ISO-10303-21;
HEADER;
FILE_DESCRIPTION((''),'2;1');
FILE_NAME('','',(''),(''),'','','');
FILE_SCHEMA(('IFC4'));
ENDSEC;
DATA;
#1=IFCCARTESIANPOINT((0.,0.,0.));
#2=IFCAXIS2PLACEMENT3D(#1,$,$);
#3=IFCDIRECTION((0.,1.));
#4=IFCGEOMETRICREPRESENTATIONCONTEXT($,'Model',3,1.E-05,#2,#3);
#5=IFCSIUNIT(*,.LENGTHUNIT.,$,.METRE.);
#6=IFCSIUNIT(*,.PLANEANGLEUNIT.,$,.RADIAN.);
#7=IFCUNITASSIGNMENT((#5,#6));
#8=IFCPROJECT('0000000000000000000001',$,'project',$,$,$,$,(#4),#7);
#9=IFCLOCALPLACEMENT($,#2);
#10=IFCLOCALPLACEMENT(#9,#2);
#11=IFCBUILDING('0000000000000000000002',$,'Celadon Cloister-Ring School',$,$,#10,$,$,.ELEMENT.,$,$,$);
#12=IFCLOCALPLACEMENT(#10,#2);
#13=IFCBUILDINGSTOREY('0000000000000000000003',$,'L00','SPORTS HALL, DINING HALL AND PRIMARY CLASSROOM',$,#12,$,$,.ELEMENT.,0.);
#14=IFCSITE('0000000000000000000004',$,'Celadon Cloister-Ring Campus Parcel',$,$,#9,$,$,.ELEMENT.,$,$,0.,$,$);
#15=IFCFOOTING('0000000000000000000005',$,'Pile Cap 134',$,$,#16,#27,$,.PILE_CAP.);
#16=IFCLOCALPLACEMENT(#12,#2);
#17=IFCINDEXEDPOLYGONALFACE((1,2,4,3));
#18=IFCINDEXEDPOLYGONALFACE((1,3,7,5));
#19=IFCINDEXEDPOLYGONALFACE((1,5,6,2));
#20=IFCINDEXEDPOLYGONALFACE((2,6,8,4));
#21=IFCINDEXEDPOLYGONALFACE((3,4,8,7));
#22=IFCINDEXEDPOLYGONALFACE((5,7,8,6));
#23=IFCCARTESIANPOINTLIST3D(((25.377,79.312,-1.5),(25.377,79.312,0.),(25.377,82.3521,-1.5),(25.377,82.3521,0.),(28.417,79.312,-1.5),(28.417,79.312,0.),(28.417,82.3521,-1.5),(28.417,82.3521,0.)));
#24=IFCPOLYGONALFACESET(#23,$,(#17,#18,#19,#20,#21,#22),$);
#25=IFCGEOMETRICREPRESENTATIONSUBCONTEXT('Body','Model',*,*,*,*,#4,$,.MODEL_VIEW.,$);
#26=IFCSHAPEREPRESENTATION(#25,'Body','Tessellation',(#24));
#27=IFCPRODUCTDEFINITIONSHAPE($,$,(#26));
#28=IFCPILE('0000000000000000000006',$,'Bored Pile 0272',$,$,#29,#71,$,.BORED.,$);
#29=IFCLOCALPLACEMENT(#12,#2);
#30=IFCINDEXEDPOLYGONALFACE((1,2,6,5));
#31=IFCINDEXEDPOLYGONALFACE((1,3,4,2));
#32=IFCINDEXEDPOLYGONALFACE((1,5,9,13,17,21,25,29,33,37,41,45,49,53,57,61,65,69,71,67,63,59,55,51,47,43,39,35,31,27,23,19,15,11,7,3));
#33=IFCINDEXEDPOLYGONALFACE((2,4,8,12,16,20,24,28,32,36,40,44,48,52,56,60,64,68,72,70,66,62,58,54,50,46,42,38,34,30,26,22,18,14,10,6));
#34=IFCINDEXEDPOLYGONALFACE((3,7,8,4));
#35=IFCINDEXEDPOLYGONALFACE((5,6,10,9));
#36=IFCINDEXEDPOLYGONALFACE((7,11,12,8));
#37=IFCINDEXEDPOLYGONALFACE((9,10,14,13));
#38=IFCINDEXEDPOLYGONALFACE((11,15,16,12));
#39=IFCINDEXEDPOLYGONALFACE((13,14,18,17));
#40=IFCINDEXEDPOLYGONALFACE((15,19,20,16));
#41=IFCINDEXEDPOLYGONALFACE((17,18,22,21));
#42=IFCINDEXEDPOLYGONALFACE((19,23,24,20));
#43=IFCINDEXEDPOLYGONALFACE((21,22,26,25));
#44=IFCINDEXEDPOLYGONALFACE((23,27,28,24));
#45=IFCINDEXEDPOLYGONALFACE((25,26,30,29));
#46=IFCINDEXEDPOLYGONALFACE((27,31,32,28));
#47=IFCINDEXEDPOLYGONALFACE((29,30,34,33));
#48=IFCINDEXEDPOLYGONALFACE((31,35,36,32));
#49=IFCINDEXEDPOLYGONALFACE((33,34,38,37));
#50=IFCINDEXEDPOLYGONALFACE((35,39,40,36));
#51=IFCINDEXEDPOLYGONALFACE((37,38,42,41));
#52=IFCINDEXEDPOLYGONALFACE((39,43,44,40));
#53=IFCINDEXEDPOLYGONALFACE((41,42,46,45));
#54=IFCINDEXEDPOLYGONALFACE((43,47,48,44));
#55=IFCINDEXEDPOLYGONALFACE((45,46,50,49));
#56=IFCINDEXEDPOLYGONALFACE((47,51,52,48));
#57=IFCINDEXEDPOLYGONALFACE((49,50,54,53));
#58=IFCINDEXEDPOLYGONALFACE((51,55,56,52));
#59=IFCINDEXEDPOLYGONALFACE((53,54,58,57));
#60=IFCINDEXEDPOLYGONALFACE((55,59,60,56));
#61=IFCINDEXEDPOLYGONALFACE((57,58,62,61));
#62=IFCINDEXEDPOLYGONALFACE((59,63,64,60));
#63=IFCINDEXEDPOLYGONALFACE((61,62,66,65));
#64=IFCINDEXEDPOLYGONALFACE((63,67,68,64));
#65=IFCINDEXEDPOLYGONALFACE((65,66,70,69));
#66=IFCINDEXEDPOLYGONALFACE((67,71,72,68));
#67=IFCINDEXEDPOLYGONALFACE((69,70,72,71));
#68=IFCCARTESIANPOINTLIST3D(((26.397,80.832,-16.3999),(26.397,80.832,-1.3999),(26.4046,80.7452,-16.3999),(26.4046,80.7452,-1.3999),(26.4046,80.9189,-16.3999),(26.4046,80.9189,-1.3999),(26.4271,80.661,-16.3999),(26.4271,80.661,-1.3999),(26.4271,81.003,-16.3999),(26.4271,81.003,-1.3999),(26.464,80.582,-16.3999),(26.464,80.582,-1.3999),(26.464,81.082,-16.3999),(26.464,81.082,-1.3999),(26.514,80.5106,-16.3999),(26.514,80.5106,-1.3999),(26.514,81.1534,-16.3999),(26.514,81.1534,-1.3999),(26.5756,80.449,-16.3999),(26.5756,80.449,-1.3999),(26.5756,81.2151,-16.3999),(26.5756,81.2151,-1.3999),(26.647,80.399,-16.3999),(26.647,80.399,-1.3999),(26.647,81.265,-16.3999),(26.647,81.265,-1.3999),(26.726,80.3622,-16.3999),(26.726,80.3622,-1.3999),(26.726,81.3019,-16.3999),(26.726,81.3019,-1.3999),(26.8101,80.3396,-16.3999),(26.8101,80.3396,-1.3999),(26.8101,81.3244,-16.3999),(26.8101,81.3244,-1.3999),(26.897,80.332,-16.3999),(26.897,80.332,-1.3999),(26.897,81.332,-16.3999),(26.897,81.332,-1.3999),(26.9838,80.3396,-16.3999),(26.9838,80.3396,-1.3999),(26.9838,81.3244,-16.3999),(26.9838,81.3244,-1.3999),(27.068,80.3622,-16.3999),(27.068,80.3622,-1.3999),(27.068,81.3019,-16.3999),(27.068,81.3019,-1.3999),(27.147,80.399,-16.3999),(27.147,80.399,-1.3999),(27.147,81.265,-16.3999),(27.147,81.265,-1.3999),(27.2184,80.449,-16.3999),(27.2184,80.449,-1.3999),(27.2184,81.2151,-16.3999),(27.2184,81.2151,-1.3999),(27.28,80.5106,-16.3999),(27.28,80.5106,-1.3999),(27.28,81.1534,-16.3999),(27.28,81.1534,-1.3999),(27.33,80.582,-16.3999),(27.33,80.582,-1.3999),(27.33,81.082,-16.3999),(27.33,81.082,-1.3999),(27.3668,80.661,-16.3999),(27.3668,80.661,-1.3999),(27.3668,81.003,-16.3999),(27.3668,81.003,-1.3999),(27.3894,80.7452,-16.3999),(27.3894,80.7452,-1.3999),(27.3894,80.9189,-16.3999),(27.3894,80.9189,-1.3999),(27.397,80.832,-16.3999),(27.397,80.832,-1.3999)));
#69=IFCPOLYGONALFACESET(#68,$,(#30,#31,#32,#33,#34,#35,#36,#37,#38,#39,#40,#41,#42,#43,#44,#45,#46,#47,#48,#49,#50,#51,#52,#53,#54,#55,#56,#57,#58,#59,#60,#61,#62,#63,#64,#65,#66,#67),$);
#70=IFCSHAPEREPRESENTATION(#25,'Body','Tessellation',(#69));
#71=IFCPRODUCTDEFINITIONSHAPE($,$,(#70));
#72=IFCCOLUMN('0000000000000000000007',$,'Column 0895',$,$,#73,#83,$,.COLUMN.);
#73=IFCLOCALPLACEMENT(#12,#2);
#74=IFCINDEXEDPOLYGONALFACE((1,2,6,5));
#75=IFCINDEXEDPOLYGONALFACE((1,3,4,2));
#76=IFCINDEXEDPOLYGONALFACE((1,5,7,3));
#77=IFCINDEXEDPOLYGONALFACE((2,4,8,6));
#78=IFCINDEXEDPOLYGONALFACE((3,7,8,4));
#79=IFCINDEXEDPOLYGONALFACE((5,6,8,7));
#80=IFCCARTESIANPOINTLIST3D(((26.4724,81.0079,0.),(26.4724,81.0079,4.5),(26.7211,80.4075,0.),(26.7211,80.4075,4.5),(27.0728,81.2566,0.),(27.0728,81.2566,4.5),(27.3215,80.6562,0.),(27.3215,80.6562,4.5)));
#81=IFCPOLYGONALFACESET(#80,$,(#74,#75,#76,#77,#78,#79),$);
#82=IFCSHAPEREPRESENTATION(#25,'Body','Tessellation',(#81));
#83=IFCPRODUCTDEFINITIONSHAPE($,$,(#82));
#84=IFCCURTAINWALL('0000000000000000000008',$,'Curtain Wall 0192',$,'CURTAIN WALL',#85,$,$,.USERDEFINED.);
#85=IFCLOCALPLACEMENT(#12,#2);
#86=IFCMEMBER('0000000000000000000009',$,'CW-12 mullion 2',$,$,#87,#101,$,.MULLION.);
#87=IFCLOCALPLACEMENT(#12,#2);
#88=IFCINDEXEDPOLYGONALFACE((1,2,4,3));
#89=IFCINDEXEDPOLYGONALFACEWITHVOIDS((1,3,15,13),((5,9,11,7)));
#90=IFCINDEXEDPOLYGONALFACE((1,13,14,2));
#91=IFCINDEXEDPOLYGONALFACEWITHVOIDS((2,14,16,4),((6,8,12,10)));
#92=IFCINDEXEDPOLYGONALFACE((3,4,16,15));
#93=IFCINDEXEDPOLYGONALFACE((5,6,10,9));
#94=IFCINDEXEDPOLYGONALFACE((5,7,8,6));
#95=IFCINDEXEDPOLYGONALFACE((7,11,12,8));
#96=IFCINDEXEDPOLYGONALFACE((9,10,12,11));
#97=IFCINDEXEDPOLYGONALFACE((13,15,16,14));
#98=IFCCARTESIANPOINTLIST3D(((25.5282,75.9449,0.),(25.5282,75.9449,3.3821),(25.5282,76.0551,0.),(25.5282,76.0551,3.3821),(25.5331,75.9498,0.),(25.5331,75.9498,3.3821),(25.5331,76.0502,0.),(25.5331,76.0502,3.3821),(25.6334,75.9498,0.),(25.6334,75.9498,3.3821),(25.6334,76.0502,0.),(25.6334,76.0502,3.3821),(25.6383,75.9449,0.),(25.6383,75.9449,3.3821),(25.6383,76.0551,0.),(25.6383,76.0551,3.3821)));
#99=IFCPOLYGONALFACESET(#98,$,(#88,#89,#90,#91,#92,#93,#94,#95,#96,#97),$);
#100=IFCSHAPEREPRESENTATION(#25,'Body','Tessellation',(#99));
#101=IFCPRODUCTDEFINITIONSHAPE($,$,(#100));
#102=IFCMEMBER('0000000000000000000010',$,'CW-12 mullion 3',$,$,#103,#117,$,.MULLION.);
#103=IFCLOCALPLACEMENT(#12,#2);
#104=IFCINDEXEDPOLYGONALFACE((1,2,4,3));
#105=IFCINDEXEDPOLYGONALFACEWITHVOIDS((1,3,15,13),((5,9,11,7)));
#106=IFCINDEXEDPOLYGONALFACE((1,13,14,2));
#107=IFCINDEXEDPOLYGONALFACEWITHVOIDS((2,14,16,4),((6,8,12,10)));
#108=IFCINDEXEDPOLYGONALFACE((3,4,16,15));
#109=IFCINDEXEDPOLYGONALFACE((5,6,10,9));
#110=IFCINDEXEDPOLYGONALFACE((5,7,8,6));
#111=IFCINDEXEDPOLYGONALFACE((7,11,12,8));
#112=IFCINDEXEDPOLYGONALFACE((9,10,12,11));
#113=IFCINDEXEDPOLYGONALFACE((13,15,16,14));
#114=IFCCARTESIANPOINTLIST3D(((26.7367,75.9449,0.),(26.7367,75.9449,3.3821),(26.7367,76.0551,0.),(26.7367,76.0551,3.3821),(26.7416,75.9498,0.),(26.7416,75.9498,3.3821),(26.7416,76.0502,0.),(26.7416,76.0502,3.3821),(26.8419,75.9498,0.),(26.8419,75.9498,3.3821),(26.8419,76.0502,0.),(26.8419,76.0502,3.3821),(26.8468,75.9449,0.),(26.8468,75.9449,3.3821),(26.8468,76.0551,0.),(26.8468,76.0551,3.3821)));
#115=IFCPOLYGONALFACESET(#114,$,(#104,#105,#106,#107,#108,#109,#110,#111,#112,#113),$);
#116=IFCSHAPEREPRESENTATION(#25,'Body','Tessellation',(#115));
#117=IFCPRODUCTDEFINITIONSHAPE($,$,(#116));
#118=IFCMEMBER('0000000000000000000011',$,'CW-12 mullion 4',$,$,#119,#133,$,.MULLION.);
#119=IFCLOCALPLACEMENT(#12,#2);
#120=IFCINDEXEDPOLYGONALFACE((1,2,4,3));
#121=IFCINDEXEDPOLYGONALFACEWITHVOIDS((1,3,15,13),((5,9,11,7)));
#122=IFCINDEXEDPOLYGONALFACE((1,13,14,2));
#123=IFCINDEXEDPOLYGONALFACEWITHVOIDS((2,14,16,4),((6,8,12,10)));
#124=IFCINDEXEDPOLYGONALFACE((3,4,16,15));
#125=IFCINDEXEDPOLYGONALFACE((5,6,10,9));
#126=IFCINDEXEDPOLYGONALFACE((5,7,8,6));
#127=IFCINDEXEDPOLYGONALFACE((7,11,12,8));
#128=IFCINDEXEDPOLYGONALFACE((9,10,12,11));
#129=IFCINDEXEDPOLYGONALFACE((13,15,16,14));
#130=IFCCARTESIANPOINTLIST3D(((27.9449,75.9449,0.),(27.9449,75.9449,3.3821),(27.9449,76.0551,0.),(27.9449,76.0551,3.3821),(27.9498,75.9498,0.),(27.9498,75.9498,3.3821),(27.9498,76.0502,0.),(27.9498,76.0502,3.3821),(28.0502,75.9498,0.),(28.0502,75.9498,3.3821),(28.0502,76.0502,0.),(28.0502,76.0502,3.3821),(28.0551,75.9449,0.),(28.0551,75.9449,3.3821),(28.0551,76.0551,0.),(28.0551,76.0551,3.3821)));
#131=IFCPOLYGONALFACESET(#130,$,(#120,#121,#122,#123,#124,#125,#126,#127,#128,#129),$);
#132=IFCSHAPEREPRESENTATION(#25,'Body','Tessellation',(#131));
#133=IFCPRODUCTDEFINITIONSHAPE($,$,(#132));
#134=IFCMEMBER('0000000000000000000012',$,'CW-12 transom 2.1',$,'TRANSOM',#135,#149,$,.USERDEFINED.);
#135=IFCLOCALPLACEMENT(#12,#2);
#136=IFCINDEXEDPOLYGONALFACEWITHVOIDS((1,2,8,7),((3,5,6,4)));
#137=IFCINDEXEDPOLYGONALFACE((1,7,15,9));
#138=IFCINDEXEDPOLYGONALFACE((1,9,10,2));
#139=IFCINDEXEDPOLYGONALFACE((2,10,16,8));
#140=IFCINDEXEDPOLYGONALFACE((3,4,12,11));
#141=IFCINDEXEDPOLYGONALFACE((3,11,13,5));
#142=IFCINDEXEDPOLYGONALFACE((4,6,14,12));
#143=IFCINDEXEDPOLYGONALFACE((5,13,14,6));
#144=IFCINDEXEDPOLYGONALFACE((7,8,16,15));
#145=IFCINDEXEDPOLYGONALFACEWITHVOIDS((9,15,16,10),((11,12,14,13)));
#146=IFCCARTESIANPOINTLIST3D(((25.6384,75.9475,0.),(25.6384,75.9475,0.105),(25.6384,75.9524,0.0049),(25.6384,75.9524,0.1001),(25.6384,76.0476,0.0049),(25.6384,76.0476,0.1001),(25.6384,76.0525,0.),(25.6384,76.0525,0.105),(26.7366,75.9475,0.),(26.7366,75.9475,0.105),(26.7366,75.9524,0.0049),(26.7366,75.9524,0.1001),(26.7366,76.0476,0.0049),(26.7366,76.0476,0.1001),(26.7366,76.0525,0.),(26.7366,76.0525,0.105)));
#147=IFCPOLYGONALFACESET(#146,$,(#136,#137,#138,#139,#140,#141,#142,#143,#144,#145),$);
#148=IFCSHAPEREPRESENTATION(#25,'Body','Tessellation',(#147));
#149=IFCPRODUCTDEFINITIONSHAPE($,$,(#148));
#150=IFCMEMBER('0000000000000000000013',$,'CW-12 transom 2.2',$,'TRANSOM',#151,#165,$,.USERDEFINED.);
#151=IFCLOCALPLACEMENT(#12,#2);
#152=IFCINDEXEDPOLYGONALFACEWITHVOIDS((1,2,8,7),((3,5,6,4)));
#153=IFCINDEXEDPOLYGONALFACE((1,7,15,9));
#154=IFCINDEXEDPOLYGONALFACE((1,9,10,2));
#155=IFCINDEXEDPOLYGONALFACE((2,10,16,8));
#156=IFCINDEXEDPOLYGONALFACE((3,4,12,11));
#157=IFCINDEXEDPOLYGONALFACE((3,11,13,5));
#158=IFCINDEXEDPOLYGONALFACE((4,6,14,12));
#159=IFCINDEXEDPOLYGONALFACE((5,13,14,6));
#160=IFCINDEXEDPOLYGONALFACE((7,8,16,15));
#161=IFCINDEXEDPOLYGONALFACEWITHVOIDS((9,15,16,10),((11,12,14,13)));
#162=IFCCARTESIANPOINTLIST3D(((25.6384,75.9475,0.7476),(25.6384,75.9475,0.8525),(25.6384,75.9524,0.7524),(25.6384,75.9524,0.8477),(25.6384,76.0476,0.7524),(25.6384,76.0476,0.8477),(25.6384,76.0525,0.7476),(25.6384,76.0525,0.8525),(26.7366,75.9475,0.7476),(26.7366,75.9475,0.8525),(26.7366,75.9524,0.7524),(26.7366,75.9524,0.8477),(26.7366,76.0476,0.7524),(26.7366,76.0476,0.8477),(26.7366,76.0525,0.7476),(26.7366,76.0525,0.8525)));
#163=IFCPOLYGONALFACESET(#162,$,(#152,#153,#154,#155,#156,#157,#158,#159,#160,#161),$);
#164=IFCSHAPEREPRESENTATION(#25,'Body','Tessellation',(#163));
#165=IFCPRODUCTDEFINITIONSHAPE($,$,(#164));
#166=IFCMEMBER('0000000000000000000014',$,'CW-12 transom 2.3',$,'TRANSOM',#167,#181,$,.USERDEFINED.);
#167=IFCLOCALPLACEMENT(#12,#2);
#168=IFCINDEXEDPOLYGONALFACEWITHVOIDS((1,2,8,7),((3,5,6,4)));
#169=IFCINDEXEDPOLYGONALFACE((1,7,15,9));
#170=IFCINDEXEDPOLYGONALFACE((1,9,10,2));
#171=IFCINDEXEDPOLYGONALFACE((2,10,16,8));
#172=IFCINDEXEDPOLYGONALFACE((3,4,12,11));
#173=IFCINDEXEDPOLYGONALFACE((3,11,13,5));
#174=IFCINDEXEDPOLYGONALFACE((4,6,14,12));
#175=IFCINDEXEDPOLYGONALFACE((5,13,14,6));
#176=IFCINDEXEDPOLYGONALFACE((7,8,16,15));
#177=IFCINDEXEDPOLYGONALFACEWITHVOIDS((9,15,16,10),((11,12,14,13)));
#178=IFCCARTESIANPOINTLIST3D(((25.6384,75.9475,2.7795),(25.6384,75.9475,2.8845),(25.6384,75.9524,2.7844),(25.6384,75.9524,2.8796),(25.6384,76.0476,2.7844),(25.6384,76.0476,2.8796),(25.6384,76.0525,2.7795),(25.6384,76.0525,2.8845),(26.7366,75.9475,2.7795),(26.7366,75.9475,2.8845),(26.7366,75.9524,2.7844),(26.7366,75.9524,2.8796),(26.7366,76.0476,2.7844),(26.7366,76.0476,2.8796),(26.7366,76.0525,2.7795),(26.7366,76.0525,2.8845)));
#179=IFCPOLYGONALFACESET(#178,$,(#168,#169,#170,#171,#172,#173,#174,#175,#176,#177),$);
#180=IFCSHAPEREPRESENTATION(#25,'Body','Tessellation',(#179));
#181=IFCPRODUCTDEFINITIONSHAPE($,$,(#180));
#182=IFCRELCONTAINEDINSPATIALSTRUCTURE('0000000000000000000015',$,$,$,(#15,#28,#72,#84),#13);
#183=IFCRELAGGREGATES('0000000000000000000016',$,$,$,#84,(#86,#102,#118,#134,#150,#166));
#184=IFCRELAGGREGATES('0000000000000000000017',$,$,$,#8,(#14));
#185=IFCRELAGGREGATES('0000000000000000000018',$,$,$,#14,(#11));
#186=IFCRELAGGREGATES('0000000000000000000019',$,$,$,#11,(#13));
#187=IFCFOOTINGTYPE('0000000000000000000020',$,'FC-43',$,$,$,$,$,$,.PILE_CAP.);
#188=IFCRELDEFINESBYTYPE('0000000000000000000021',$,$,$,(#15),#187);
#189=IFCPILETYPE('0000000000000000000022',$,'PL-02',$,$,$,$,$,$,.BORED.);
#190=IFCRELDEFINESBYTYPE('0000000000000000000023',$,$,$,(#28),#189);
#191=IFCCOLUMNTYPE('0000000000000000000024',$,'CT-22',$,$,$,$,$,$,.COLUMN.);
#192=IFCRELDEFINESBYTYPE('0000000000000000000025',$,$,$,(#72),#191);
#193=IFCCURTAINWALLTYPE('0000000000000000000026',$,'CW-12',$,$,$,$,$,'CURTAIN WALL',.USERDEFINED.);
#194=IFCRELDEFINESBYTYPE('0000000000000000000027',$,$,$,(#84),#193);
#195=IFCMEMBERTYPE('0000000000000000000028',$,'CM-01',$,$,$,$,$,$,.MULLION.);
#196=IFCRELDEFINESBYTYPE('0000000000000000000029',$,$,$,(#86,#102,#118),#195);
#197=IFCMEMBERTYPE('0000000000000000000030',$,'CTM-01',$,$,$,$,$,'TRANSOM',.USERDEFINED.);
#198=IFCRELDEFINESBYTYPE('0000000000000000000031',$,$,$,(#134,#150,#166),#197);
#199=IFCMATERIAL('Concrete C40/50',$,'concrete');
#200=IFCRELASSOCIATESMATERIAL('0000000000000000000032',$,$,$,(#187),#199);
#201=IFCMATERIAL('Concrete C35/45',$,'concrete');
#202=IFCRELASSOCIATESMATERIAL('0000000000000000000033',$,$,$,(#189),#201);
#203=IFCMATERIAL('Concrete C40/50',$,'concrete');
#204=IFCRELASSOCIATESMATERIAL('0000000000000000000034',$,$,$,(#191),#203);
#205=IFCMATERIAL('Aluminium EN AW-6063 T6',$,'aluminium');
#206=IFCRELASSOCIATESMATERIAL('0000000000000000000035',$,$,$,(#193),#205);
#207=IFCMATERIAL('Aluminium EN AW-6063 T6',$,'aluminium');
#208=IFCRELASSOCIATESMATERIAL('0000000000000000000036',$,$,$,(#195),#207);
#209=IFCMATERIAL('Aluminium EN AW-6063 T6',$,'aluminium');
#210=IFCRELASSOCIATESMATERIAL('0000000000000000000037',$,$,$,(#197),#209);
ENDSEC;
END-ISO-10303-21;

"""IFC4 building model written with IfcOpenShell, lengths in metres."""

from ifc_helpers import new_model, si_unit, direction, frame, origin, origin_2d, place, context, subcontext, project, spatial, rectangle, hollow_rectangle, circle, extrude, material, material_profile, profile_set, type_object, element, aggregate, save


model = new_model("IFC4")

# Units and contexts
model_context = context("Model", 3, precision=1e-05, world=origin(), true_north=direction((0.0, 1.0)))
body_context = subcontext(model_context, "Body", "Model", "MODEL_VIEW")
ifc_project = project(units=[si_unit("LENGTHUNIT", "METRE"), si_unit("PLANEANGLEUNIT", "RADIAN")], contexts=[model_context])

# Site, building, storey
site_placement = place(None, origin())
site = spatial("IfcSite", under=ifc_project, at=site_placement, Name="Celadon Cloister-Ring Campus Parcel", CompositionType="ELEMENT", RefElevation=0.0)
building_placement = place(site_placement, origin())
building = spatial("IfcBuilding", under=site, at=building_placement, Name="Celadon Cloister-Ring School", CompositionType="ELEMENT")
storey_placement = place(building_placement, origin())
storey = spatial("IfcBuildingStorey", under=building, at=storey_placement, Name="L00", Description="SPORTS HALL, DINING HALL AND PRIMARY CLASSROOM", CompositionType="ELEMENT", Elevation=0.0)

# Footing
ifc_material_1 = material(Name="Concrete C40/50", Category="concrete")
footing_type = type_object("IfcFootingType", Name="FC-43", PredefinedType="PILE_CAP", material=ifc_material_1)
footing_placement = place(storey_placement, frame((26.897, 80.832, -1.5), z_axis=(0.0, 0.0, 1.0), x_axis=(1.0, 0.0, 0.0)))
element("IfcFooting", 1, at=footing_placement, inside=storey, type_object=footing_type, Name="Pile Cap 134", PredefinedType="PILE_CAP", context=body_context, shape_type="SweptSolid", body=[
    extrude(rectangle(XDim=3.04, YDim=3.04, at=origin_2d()), origin(), (0.0, 0.0, 1.0), 1.5),
])

# Pile
ifc_material_2 = material(Name="Concrete C35/45", Category="concrete")
ifc_material_profile_1 = material_profile(ifc_material_2, circle(Radius=0.5, at=origin_2d()), Name="PILE1000")
ifc_profile_set_1 = profile_set([ifc_material_profile_1], Name="Concrete C35/45")
pile_type = type_object("IfcPileType", Name="PL-02", PredefinedType="BORED", material=ifc_profile_set_1)
pile_placement = place(storey_placement, frame((26.897, 80.832, -1.3999), z_axis=(0.0, 0.0, -1.0), x_axis=(1.0, 0.0, 0.0)))
element("IfcPile", 2, at=pile_placement, inside=storey, type_object=pile_type, Name="Bored Pile 0272", PredefinedType="BORED", context=body_context, shape_type="SweptSolid", body=[
    extrude(circle(Radius=0.5, at=origin_2d()), origin(), (0.0, 0.0, 1.0), 15.0),
])

# Column
ifc_material_3 = material(Name="Concrete C40/50", Category="concrete")
ifc_material_profile_2 = material_profile(ifc_material_3, rectangle(XDim=0.6499, YDim=0.6499, at=origin_2d()), Name="RC650X650")
ifc_profile_set_2 = profile_set([ifc_material_profile_2], Name="Concrete C40/50")
column_type = type_object("IfcColumnType", Name="CT-22", PredefinedType="COLUMN", material=ifc_profile_set_2)
column_placement = place(storey_placement, frame((26.897, 80.832, 0.0), z_axis=(0.0, 0.0, 1.0), x_axis=(0.382683, -0.92388, 0.0)))
element("IfcColumn", 3, at=column_placement, inside=storey, type_object=column_type, Name="Column 0895", PredefinedType="COLUMN", context=body_context, shape_type="SweptSolid", body=[
    extrude(rectangle(XDim=0.6499, YDim=0.6499, at=origin_2d()), origin(), (0.0, 0.0, 1.0), 4.5),
])

# Curtain wall, members
ifc_material_4 = material(Name="Aluminium EN AW-6063 T6", Category="aluminium")
curtain_wall_type = type_object("IfcCurtainWallType", Name="CW-12", ElementType="CURTAIN WALL", PredefinedType="USERDEFINED", material=ifc_material_4)
curtain_wall_placement = place(storey_placement, origin())
curtain_wall = element("IfcCurtainWall", 4, at=curtain_wall_placement, inside=storey, type_object=curtain_wall_type, Name="Curtain Wall 0192", ObjectType="CURTAIN WALL", PredefinedType="USERDEFINED")
ifc_material_5 = material(Name="Aluminium EN AW-6063 T6", Category="aluminium")
ifc_material_profile_3 = material_profile(ifc_material_5, hollow_rectangle(XDim=0.1101, YDim=0.1101, WallThickness=0.0049, at=origin_2d()), Name="RHS110X110X5")
ifc_profile_set_3 = profile_set([ifc_material_profile_3], Name="Aluminium EN AW-6063 T6")
member_type_1 = type_object("IfcMemberType", Name="CM-01", PredefinedType="MULLION", material=ifc_profile_set_3)
member_1_placement = place(storey_placement, frame((25.5833, 76.0, 0.0), z_axis=(0.0, 0.0, 1.0), x_axis=(0.0, 1.0, 0.0)))
member_1 = element("IfcMember", 5, at=member_1_placement, type_object=member_type_1, Name="CW-12 mullion 2", PredefinedType="MULLION", context=body_context, shape_type="SweptSolid", body=[
    extrude(hollow_rectangle(XDim=0.1101, YDim=0.1101, WallThickness=0.0049, at=origin_2d()), origin(), (0.0, 0.0, 1.0), 3.3821),
])
member_2_placement = place(storey_placement, frame((26.7917, 76.0, 0.0), z_axis=(0.0, 0.0, 1.0), x_axis=(0.0, 1.0, 0.0)))
member_2 = element("IfcMember", 6, at=member_2_placement, type_object=member_type_1, Name="CW-12 mullion 3", PredefinedType="MULLION", context=body_context, shape_type="SweptSolid", body=[
    extrude(hollow_rectangle(XDim=0.1101, YDim=0.1101, WallThickness=0.0049, at=origin_2d()), origin(), (0.0, 0.0, 1.0), 3.3821),
])
member_3_placement = place(storey_placement, frame((28.0, 76.0, 0.0), z_axis=(0.0, 0.0, 1.0), x_axis=(0.0, 1.0, 0.0)))
member_3 = element("IfcMember", 7, at=member_3_placement, type_object=member_type_1, Name="CW-12 mullion 4", PredefinedType="MULLION", context=body_context, shape_type="SweptSolid", body=[
    extrude(hollow_rectangle(XDim=0.1101, YDim=0.1101, WallThickness=0.0049, at=origin_2d()), origin(), (0.0, 0.0, 1.0), 3.3821),
])
ifc_material_6 = material(Name="Aluminium EN AW-6063 T6", Category="aluminium")
ifc_material_profile_4 = material_profile(ifc_material_6, hollow_rectangle(XDim=0.105, YDim=0.105, WallThickness=0.0049, at=origin_2d()), Name="RHS105X105X5")
ifc_profile_set_4 = profile_set([ifc_material_profile_4], Name="Aluminium EN AW-6063 T6")
member_type_2 = type_object("IfcMemberType", Name="CTM-01", ElementType="TRANSOM", PredefinedType="USERDEFINED", material=ifc_profile_set_4)
member_4_placement = place(storey_placement, frame((25.6384, 76.0, 0.0525), z_axis=(1.0, 0.0, 0.0), x_axis=(0.0, 1.0, 0.0)))
member_4 = element("IfcMember", 8, at=member_4_placement, type_object=member_type_2, Name="CW-12 transom 2.1", ObjectType="TRANSOM", PredefinedType="USERDEFINED", context=body_context, shape_type="SweptSolid", body=[
    extrude(hollow_rectangle(XDim=0.105, YDim=0.105, WallThickness=0.0049, at=origin_2d()), origin(), (0.0, 0.0, 1.0), 1.0981),
])
member_5_placement = place(storey_placement, frame((25.6384, 76.0, 0.8), z_axis=(1.0, 0.0, 0.0), x_axis=(0.0, 1.0, 0.0)))
member_5 = element("IfcMember", 9, at=member_5_placement, type_object=member_type_2, Name="CW-12 transom 2.2", ObjectType="TRANSOM", PredefinedType="USERDEFINED", context=body_context, shape_type="SweptSolid", body=[
    extrude(hollow_rectangle(XDim=0.105, YDim=0.105, WallThickness=0.0049, at=origin_2d()), origin(), (0.0, 0.0, 1.0), 1.0981),
])
member_6_placement = place(storey_placement, frame((25.6384, 76.0, 2.832), z_axis=(1.0, 0.0, 0.0), x_axis=(0.0, 1.0, 0.0)))
member_6 = element("IfcMember", 10, at=member_6_placement, type_object=member_type_2, Name="CW-12 transom 2.3", ObjectType="TRANSOM", PredefinedType="USERDEFINED", context=body_context, shape_type="SweptSolid", body=[
    extrude(hollow_rectangle(XDim=0.105, YDim=0.105, WallThickness=0.0049, at=origin_2d()), origin(), (0.0, 0.0, 1.0), 1.0981),
])

aggregate(curtain_wall, [member_1, member_2, member_3, member_4, member_5, member_6])

save(model, "model.ifc")
